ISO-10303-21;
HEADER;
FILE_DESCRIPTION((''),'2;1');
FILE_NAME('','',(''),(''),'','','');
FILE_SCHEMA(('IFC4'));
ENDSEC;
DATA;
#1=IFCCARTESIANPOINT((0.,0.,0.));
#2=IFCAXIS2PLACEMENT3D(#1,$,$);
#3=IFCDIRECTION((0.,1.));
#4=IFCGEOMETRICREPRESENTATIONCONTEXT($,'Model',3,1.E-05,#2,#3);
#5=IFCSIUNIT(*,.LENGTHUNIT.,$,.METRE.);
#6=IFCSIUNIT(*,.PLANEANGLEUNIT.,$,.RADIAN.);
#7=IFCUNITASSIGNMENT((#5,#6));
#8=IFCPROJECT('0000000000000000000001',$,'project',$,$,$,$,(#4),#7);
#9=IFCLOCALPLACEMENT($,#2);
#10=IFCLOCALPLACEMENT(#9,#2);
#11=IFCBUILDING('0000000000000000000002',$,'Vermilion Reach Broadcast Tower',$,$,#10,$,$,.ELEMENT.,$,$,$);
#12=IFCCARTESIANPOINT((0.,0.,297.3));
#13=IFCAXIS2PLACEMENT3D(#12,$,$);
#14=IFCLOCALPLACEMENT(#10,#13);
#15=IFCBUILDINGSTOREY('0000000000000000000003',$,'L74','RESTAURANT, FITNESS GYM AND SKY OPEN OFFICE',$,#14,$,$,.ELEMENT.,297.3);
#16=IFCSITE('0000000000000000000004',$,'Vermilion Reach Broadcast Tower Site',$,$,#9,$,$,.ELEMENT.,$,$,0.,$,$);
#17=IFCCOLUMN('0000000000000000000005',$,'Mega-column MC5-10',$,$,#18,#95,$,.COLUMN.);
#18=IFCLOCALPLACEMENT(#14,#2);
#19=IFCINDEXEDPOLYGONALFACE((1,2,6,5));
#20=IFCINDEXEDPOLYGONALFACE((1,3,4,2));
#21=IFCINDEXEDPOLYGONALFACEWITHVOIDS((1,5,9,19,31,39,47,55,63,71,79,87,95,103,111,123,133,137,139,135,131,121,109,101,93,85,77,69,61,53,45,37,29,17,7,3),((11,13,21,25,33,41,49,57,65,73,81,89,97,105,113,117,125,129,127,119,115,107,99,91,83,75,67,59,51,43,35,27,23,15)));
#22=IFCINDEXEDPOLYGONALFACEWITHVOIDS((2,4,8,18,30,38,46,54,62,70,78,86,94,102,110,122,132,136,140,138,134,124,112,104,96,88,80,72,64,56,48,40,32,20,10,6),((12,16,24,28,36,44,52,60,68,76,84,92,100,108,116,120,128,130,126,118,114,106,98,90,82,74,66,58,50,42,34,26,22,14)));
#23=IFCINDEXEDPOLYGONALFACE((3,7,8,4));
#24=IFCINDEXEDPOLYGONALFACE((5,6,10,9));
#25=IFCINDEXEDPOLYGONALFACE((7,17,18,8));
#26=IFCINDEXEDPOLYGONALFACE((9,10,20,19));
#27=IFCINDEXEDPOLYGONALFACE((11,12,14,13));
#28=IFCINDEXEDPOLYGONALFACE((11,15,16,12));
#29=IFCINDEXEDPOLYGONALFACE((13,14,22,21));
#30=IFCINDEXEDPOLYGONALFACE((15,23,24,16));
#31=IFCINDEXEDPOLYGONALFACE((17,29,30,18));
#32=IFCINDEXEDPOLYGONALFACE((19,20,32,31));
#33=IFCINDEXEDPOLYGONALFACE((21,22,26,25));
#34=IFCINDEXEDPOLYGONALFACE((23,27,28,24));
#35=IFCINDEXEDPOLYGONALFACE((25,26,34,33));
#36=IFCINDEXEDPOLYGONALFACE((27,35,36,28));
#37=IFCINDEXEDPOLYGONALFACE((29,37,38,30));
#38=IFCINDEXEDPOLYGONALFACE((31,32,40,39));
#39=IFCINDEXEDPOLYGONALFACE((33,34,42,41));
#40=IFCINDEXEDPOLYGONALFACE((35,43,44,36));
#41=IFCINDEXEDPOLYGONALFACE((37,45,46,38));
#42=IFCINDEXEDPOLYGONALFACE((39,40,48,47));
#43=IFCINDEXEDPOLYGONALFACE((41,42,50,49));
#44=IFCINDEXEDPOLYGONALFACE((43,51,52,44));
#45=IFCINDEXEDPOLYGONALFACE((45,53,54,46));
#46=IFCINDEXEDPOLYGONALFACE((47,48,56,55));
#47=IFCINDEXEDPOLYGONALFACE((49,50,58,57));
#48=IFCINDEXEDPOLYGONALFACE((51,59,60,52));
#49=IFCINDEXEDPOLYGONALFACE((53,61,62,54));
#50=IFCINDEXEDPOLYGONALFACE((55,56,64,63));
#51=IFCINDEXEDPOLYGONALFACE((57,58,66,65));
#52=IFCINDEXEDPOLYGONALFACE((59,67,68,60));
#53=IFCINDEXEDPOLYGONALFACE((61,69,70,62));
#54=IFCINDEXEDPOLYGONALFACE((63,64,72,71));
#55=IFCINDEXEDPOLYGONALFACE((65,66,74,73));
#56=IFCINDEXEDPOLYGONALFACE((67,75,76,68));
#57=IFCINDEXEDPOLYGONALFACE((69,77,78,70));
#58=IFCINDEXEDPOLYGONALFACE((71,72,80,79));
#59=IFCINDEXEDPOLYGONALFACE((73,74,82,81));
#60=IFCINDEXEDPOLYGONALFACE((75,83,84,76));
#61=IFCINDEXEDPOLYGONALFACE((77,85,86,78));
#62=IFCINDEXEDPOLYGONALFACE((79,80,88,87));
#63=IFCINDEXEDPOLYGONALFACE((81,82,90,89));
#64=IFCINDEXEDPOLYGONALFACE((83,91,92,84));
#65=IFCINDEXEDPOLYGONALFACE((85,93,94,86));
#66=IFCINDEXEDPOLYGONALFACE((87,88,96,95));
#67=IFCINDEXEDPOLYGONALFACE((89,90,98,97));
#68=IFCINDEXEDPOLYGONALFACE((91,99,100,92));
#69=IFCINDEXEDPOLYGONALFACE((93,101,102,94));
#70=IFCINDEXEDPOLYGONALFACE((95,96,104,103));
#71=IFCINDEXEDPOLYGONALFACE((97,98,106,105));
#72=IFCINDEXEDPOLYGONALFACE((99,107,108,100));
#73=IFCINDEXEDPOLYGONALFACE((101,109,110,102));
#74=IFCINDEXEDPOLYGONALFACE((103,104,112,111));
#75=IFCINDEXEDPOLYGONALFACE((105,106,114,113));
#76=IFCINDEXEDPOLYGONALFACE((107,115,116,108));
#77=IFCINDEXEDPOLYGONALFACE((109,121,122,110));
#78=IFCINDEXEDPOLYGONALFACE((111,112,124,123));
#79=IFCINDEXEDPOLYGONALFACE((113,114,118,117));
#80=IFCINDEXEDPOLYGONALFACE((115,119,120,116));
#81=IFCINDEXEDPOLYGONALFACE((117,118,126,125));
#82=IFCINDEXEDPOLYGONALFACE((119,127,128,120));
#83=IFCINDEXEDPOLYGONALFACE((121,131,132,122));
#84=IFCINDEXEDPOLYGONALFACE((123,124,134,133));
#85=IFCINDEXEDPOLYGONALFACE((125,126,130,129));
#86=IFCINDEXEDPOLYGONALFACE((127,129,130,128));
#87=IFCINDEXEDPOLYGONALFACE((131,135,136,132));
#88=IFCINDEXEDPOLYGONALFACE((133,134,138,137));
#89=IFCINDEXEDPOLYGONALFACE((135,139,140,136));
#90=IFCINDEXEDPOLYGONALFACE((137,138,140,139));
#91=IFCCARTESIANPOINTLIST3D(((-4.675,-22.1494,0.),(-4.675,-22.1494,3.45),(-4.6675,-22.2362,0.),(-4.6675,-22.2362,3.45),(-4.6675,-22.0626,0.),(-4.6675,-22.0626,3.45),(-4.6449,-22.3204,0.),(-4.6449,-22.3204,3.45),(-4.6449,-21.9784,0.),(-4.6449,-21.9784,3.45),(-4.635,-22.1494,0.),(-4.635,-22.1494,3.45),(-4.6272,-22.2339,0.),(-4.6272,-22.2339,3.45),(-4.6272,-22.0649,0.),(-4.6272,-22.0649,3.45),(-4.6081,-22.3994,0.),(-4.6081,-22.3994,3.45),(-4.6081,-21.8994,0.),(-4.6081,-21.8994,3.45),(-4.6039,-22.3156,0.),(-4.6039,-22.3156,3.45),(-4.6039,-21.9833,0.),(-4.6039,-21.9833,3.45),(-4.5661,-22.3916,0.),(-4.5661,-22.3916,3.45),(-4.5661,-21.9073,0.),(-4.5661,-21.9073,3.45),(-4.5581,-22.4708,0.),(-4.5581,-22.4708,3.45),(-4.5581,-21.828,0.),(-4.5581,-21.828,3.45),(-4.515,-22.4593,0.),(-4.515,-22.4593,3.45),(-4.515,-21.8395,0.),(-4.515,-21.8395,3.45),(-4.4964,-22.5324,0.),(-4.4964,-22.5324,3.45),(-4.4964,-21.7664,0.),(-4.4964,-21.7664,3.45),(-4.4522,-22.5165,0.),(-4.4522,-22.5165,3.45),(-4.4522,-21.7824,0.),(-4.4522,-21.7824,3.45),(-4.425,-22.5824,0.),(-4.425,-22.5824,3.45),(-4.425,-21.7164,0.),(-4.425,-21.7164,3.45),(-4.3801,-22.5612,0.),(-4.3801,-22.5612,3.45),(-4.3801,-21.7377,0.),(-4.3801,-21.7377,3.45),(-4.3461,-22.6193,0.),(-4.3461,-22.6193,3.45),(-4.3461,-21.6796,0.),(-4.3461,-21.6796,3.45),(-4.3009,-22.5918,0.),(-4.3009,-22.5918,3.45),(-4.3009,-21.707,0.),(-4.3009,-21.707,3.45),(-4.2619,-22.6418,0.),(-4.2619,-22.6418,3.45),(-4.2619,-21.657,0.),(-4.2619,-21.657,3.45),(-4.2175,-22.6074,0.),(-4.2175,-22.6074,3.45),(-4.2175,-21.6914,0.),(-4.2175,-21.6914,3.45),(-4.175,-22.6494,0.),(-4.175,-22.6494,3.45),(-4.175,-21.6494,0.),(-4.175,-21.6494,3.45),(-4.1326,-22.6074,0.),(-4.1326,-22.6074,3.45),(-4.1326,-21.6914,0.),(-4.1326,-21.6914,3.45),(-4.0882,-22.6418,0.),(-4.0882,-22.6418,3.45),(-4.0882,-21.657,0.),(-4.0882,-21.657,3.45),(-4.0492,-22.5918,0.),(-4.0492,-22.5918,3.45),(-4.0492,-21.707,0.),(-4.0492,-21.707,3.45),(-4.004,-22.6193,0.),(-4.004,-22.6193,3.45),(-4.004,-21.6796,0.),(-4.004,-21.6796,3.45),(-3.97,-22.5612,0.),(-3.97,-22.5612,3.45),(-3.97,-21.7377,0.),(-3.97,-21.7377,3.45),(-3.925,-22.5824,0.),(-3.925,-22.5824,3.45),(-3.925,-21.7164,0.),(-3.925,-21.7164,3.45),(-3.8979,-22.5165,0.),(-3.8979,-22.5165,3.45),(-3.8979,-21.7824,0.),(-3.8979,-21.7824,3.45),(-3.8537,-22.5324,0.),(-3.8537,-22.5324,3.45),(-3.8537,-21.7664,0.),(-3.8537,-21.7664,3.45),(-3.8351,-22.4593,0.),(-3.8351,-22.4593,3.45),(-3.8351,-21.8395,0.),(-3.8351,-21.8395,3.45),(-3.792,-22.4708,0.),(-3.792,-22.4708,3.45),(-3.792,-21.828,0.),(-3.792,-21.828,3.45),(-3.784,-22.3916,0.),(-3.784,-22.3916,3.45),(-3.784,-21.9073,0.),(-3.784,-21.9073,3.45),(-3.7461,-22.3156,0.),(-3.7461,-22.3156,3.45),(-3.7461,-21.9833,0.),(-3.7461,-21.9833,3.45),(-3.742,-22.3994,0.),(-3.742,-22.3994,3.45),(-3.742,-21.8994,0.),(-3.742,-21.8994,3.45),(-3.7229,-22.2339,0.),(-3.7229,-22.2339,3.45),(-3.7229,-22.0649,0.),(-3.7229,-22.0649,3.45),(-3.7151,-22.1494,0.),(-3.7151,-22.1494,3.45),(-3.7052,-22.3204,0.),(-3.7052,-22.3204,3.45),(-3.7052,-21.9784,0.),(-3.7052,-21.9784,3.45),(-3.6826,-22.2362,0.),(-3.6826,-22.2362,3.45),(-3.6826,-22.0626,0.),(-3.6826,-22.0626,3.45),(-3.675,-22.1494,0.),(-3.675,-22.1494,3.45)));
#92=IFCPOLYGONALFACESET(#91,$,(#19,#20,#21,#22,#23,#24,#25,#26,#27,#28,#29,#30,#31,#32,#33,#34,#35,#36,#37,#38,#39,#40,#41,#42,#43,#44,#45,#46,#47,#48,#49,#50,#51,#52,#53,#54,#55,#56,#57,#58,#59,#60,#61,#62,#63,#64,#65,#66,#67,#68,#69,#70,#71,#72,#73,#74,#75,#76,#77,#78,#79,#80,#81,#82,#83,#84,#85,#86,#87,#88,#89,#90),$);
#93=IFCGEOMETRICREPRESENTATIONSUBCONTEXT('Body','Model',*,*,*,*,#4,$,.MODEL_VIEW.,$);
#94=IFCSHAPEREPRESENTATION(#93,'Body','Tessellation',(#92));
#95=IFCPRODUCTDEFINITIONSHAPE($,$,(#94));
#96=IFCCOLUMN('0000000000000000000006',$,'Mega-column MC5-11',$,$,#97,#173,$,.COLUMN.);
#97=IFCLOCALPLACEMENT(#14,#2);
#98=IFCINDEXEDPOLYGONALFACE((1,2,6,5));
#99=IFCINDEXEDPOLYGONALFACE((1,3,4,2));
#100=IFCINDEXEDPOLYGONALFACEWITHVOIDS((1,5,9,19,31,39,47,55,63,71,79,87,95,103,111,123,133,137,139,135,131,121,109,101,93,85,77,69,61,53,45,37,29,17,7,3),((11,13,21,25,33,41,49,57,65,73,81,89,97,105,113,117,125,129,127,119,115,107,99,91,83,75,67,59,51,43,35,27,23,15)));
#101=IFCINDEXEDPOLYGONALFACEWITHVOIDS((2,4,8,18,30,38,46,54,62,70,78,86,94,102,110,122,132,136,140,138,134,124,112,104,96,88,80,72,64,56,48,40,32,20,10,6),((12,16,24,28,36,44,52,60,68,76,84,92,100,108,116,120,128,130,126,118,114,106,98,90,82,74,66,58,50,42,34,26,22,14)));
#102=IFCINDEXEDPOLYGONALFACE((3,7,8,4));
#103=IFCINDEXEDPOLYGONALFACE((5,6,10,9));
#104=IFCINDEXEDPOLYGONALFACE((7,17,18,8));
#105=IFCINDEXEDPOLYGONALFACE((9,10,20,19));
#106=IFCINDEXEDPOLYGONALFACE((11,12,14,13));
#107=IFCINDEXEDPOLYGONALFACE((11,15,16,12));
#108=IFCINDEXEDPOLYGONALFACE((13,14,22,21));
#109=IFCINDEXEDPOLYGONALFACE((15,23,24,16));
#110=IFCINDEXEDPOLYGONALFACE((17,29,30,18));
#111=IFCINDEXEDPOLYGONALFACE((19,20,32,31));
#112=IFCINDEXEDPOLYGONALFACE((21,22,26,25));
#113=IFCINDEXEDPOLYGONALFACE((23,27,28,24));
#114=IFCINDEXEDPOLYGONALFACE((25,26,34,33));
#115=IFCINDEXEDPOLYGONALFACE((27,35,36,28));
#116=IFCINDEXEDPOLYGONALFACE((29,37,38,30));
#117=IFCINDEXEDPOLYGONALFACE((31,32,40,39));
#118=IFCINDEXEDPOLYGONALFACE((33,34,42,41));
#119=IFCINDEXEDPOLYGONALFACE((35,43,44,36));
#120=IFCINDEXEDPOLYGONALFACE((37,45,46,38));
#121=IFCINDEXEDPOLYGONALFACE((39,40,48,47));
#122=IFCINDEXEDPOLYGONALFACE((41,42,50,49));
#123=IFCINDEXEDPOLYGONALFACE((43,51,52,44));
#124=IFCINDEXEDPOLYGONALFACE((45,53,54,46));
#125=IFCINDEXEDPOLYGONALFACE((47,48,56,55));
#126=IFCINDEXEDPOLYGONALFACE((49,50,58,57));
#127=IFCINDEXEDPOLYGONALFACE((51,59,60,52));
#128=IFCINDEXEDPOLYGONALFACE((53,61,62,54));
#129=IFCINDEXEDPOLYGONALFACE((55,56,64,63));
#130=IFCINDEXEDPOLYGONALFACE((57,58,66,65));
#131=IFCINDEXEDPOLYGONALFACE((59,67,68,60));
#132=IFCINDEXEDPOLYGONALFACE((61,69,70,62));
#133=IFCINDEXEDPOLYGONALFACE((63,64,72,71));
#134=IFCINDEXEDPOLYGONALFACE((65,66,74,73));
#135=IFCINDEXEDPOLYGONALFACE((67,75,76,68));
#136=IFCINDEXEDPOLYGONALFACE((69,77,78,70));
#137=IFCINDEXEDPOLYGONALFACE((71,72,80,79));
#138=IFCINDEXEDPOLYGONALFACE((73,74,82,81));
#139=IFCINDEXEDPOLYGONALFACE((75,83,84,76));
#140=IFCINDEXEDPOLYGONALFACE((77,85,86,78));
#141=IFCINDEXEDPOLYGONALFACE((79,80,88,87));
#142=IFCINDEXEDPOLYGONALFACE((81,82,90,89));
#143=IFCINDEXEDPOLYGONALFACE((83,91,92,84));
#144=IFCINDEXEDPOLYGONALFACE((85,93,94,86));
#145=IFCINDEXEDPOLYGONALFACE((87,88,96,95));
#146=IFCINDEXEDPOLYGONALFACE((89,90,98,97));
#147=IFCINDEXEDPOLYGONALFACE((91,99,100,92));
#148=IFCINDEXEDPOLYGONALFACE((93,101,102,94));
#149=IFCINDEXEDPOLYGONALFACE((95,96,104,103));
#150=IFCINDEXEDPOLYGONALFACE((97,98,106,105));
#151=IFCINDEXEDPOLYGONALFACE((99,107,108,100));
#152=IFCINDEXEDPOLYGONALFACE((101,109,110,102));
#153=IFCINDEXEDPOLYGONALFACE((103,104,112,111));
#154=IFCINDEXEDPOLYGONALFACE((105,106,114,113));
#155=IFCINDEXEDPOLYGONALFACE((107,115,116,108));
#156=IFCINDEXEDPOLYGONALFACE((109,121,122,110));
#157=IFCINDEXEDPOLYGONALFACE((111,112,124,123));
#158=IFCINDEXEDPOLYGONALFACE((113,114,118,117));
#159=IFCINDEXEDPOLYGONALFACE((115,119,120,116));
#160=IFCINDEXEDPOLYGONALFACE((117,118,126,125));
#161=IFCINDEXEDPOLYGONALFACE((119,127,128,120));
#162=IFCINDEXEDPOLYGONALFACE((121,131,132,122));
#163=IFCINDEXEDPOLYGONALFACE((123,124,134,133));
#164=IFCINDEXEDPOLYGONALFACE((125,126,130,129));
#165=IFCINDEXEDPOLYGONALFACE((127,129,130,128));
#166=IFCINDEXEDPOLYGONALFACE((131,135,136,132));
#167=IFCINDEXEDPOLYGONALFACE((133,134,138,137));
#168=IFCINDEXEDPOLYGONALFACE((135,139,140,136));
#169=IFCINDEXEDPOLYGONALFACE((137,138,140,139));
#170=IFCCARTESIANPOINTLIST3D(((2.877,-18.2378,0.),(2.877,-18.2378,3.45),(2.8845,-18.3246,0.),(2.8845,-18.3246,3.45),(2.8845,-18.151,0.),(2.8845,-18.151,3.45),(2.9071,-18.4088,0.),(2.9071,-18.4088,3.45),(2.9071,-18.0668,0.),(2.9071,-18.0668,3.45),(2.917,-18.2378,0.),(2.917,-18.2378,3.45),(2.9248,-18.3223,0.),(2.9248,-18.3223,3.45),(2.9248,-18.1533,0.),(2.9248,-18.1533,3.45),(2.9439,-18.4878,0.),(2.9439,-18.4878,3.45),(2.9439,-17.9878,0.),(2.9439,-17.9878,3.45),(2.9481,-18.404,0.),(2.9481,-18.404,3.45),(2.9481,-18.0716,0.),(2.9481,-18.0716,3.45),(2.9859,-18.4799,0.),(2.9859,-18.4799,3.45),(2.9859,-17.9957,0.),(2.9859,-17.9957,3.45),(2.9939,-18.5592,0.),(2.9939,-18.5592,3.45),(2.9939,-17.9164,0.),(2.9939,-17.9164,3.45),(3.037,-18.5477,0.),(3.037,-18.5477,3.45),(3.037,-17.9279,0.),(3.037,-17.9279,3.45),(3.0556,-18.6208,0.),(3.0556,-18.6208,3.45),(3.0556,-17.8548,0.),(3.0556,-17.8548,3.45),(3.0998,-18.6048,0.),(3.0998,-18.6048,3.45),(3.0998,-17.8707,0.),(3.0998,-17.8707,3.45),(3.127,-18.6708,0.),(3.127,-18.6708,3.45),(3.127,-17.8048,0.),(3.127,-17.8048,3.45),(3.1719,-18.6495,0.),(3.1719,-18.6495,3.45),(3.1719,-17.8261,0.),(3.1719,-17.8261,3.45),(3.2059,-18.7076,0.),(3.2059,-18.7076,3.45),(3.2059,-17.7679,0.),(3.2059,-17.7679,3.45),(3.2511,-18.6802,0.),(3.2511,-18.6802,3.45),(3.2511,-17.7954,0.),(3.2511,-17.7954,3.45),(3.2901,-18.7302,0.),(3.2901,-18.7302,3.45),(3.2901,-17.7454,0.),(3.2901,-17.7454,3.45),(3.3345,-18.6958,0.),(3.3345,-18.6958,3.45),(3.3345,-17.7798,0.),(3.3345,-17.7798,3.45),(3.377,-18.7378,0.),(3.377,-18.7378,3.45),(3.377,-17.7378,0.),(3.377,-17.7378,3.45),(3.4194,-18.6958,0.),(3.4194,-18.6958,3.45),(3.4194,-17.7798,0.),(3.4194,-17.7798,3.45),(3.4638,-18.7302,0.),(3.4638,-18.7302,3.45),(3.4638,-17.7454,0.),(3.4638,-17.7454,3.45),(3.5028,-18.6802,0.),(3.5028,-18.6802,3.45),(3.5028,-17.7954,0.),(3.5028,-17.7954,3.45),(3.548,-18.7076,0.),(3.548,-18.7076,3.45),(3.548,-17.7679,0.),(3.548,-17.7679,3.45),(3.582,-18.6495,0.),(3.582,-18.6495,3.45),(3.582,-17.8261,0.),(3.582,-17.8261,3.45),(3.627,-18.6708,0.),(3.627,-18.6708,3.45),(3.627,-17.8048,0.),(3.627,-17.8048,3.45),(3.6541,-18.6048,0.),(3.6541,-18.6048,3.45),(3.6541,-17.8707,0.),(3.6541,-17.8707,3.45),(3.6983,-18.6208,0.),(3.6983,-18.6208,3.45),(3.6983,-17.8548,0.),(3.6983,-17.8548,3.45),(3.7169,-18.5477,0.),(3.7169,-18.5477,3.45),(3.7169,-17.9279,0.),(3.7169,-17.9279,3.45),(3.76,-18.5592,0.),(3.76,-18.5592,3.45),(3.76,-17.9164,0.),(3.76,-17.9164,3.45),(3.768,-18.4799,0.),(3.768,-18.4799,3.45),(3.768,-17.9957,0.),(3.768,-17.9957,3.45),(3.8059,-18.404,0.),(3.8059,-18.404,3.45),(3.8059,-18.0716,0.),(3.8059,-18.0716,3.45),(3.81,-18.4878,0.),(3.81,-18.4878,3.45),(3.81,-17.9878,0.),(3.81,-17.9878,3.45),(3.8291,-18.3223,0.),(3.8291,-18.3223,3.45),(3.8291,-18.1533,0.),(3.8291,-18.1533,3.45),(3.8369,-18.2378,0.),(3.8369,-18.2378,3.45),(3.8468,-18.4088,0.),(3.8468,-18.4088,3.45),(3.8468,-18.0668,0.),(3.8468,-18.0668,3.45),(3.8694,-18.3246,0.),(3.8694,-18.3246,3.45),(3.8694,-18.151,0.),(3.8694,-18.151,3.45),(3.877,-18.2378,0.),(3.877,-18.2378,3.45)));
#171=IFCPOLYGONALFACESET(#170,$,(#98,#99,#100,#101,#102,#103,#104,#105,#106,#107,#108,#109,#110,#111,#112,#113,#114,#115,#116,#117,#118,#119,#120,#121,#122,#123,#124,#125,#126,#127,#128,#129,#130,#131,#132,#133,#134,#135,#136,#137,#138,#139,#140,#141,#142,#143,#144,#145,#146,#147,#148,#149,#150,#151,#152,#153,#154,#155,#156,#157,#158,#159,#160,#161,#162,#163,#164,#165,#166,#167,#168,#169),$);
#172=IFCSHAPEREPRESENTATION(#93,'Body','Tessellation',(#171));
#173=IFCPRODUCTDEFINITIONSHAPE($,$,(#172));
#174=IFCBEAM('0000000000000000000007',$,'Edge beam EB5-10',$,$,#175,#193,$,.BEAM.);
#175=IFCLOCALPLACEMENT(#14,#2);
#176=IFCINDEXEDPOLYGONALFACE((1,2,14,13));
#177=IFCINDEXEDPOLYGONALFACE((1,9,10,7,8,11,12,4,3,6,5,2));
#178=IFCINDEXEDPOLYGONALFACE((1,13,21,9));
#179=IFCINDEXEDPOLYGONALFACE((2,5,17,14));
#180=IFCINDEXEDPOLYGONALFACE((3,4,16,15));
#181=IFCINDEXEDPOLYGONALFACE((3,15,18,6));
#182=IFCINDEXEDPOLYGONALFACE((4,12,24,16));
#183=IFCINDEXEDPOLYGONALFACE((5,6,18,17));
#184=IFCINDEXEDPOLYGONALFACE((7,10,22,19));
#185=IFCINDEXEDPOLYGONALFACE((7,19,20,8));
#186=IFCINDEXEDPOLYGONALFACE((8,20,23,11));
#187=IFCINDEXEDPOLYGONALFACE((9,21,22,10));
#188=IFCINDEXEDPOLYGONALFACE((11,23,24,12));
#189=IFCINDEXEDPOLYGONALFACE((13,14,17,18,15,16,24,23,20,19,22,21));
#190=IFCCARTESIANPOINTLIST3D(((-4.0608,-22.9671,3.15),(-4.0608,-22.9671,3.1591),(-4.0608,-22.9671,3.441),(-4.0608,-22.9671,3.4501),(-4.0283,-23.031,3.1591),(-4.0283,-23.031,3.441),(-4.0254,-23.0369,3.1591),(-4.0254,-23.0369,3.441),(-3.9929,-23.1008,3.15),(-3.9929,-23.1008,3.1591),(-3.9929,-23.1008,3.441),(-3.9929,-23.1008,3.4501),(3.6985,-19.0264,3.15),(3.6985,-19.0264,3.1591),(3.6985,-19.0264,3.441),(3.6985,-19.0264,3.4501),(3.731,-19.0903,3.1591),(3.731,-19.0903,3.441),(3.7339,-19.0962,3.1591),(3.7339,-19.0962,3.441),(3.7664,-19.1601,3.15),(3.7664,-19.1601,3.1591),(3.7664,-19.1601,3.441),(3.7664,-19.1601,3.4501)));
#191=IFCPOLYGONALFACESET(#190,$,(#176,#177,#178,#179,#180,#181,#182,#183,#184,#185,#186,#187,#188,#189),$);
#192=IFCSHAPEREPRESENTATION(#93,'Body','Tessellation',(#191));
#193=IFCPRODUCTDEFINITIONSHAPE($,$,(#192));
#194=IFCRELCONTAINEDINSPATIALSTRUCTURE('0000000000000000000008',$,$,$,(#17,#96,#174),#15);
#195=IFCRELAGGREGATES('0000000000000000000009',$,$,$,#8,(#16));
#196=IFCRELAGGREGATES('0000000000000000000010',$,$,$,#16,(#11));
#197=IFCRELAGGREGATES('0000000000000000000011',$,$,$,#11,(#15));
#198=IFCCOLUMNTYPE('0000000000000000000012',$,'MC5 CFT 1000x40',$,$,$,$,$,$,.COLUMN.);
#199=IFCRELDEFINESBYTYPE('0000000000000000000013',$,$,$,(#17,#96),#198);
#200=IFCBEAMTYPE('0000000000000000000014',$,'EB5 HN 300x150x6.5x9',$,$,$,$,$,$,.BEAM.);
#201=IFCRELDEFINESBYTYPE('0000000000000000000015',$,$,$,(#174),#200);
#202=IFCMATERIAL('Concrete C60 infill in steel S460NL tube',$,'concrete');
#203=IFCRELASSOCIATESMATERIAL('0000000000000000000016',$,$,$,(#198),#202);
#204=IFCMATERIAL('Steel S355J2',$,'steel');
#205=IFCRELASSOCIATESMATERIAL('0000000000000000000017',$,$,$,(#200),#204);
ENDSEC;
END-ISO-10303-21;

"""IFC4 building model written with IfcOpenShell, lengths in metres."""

from ifc_helpers import new_model, si_unit, direction, frame, origin, origin_2d, place, context, subcontext, project, spatial, hollow_circle, i_section, extrude, material, material_profile, profile_set, type_object, element, save


model = new_model("IFC4")

# Units and contexts
model_context = context("Model", 3, precision=1e-05, world=origin(), true_north=direction((0.0, 1.0)))
body_context = subcontext(model_context, "Body", "Model", "MODEL_VIEW")
ifc_project = project(units=[si_unit("LENGTHUNIT", "METRE"), si_unit("PLANEANGLEUNIT", "RADIAN")], contexts=[model_context])

# Site, building, storey
site_placement = place(None, origin())
site = spatial("IfcSite", under=ifc_project, at=site_placement, Name="Vermilion Reach Broadcast Tower Site", CompositionType="ELEMENT", RefElevation=0.0)
building_placement = place(site_placement, origin())
building = spatial("IfcBuilding", under=site, at=building_placement, Name="Vermilion Reach Broadcast Tower", CompositionType="ELEMENT")
storey_placement = place(building_placement, frame((0.0, 0.0, 297.3)))
storey = spatial("IfcBuildingStorey", under=building, at=storey_placement, Name="L74", Description="RESTAURANT, FITNESS GYM AND SKY OPEN OFFICE", CompositionType="ELEMENT", Elevation=297.3)

# Columns
ifc_material_1 = material(Name="Concrete C60 infill in steel S460NL tube", Category="concrete")
ifc_material_profile_1 = material_profile(ifc_material_1, hollow_circle(Radius=0.5, WallThickness=0.04, at=origin_2d()), Name="Concrete C60 infill in steel S460NL tube CFT 1000x40")
ifc_profile_set_1 = profile_set([ifc_material_profile_1], Name="Concrete C60 infill in steel S460NL tube")
column_type = type_object("IfcColumnType", Name="MC5 CFT 1000x40", PredefinedType="COLUMN", material=ifc_profile_set_1)
for number, where, z_axis, x_axis, name in (
    (1, (-4.175, -22.1494, 0.0), (0.0, 0.0, 1.0), (1.0, 0.0, 0.0), "Mega-column MC5-10"),
    (2, (3.377, -18.2378, 0.0), (0.0, 0.0, 1.0), (1.0, 0.0, 0.0), "Mega-column MC5-11"),
):
    element("IfcColumn", number, at=place(storey_placement, frame(where, z_axis=z_axis, x_axis=x_axis)), inside=storey, type_object=column_type, Name=name, PredefinedType="COLUMN", context=body_context, shape_type="SweptSolid", body=[
        extrude(hollow_circle(Radius=0.5, WallThickness=0.04, at=origin_2d()), origin(), (0.0, 0.0, 1.0), 3.45),
    ])

# Beam
ifc_material_2 = material(Name="Steel S355J2", Category="steel")
ifc_material_profile_2 = material_profile(ifc_material_2, i_section(OverallWidth=0.1499, OverallDepth=0.3, WebThickness=0.0066, FlangeThickness=0.009, at=origin_2d()), Name="S355J2 HN 300x150x6.5x9")
ifc_profile_set_2 = profile_set([ifc_material_profile_2], Name="Steel S355J2")
beam_type_1 = type_object("IfcBeamType", Name="EB5 HN 300x150x6.5x9", PredefinedType="BEAM", material=ifc_profile_set_2)
beam_1_placement = place(storey_placement, frame((-4.0269, -23.0339, 3.3), z_axis=(0.891604, 0.452816, 0.0), x_axis=(-0.452816, 0.891604, 0.0)))
element("IfcBeam", 3, at=beam_1_placement, inside=storey, type_object=beam_type_1, Name="Edge beam EB5-10", PredefinedType="BEAM", context=body_context, shape_type="SweptSolid", body=[
    extrude(i_section(OverallWidth=0.1499, OverallDepth=0.3, WebThickness=0.0066, FlangeThickness=0.009, at=origin_2d()), origin(), (0.0, 0.0, 1.0), 8.7026),
])

save(model, "model.ifc")
